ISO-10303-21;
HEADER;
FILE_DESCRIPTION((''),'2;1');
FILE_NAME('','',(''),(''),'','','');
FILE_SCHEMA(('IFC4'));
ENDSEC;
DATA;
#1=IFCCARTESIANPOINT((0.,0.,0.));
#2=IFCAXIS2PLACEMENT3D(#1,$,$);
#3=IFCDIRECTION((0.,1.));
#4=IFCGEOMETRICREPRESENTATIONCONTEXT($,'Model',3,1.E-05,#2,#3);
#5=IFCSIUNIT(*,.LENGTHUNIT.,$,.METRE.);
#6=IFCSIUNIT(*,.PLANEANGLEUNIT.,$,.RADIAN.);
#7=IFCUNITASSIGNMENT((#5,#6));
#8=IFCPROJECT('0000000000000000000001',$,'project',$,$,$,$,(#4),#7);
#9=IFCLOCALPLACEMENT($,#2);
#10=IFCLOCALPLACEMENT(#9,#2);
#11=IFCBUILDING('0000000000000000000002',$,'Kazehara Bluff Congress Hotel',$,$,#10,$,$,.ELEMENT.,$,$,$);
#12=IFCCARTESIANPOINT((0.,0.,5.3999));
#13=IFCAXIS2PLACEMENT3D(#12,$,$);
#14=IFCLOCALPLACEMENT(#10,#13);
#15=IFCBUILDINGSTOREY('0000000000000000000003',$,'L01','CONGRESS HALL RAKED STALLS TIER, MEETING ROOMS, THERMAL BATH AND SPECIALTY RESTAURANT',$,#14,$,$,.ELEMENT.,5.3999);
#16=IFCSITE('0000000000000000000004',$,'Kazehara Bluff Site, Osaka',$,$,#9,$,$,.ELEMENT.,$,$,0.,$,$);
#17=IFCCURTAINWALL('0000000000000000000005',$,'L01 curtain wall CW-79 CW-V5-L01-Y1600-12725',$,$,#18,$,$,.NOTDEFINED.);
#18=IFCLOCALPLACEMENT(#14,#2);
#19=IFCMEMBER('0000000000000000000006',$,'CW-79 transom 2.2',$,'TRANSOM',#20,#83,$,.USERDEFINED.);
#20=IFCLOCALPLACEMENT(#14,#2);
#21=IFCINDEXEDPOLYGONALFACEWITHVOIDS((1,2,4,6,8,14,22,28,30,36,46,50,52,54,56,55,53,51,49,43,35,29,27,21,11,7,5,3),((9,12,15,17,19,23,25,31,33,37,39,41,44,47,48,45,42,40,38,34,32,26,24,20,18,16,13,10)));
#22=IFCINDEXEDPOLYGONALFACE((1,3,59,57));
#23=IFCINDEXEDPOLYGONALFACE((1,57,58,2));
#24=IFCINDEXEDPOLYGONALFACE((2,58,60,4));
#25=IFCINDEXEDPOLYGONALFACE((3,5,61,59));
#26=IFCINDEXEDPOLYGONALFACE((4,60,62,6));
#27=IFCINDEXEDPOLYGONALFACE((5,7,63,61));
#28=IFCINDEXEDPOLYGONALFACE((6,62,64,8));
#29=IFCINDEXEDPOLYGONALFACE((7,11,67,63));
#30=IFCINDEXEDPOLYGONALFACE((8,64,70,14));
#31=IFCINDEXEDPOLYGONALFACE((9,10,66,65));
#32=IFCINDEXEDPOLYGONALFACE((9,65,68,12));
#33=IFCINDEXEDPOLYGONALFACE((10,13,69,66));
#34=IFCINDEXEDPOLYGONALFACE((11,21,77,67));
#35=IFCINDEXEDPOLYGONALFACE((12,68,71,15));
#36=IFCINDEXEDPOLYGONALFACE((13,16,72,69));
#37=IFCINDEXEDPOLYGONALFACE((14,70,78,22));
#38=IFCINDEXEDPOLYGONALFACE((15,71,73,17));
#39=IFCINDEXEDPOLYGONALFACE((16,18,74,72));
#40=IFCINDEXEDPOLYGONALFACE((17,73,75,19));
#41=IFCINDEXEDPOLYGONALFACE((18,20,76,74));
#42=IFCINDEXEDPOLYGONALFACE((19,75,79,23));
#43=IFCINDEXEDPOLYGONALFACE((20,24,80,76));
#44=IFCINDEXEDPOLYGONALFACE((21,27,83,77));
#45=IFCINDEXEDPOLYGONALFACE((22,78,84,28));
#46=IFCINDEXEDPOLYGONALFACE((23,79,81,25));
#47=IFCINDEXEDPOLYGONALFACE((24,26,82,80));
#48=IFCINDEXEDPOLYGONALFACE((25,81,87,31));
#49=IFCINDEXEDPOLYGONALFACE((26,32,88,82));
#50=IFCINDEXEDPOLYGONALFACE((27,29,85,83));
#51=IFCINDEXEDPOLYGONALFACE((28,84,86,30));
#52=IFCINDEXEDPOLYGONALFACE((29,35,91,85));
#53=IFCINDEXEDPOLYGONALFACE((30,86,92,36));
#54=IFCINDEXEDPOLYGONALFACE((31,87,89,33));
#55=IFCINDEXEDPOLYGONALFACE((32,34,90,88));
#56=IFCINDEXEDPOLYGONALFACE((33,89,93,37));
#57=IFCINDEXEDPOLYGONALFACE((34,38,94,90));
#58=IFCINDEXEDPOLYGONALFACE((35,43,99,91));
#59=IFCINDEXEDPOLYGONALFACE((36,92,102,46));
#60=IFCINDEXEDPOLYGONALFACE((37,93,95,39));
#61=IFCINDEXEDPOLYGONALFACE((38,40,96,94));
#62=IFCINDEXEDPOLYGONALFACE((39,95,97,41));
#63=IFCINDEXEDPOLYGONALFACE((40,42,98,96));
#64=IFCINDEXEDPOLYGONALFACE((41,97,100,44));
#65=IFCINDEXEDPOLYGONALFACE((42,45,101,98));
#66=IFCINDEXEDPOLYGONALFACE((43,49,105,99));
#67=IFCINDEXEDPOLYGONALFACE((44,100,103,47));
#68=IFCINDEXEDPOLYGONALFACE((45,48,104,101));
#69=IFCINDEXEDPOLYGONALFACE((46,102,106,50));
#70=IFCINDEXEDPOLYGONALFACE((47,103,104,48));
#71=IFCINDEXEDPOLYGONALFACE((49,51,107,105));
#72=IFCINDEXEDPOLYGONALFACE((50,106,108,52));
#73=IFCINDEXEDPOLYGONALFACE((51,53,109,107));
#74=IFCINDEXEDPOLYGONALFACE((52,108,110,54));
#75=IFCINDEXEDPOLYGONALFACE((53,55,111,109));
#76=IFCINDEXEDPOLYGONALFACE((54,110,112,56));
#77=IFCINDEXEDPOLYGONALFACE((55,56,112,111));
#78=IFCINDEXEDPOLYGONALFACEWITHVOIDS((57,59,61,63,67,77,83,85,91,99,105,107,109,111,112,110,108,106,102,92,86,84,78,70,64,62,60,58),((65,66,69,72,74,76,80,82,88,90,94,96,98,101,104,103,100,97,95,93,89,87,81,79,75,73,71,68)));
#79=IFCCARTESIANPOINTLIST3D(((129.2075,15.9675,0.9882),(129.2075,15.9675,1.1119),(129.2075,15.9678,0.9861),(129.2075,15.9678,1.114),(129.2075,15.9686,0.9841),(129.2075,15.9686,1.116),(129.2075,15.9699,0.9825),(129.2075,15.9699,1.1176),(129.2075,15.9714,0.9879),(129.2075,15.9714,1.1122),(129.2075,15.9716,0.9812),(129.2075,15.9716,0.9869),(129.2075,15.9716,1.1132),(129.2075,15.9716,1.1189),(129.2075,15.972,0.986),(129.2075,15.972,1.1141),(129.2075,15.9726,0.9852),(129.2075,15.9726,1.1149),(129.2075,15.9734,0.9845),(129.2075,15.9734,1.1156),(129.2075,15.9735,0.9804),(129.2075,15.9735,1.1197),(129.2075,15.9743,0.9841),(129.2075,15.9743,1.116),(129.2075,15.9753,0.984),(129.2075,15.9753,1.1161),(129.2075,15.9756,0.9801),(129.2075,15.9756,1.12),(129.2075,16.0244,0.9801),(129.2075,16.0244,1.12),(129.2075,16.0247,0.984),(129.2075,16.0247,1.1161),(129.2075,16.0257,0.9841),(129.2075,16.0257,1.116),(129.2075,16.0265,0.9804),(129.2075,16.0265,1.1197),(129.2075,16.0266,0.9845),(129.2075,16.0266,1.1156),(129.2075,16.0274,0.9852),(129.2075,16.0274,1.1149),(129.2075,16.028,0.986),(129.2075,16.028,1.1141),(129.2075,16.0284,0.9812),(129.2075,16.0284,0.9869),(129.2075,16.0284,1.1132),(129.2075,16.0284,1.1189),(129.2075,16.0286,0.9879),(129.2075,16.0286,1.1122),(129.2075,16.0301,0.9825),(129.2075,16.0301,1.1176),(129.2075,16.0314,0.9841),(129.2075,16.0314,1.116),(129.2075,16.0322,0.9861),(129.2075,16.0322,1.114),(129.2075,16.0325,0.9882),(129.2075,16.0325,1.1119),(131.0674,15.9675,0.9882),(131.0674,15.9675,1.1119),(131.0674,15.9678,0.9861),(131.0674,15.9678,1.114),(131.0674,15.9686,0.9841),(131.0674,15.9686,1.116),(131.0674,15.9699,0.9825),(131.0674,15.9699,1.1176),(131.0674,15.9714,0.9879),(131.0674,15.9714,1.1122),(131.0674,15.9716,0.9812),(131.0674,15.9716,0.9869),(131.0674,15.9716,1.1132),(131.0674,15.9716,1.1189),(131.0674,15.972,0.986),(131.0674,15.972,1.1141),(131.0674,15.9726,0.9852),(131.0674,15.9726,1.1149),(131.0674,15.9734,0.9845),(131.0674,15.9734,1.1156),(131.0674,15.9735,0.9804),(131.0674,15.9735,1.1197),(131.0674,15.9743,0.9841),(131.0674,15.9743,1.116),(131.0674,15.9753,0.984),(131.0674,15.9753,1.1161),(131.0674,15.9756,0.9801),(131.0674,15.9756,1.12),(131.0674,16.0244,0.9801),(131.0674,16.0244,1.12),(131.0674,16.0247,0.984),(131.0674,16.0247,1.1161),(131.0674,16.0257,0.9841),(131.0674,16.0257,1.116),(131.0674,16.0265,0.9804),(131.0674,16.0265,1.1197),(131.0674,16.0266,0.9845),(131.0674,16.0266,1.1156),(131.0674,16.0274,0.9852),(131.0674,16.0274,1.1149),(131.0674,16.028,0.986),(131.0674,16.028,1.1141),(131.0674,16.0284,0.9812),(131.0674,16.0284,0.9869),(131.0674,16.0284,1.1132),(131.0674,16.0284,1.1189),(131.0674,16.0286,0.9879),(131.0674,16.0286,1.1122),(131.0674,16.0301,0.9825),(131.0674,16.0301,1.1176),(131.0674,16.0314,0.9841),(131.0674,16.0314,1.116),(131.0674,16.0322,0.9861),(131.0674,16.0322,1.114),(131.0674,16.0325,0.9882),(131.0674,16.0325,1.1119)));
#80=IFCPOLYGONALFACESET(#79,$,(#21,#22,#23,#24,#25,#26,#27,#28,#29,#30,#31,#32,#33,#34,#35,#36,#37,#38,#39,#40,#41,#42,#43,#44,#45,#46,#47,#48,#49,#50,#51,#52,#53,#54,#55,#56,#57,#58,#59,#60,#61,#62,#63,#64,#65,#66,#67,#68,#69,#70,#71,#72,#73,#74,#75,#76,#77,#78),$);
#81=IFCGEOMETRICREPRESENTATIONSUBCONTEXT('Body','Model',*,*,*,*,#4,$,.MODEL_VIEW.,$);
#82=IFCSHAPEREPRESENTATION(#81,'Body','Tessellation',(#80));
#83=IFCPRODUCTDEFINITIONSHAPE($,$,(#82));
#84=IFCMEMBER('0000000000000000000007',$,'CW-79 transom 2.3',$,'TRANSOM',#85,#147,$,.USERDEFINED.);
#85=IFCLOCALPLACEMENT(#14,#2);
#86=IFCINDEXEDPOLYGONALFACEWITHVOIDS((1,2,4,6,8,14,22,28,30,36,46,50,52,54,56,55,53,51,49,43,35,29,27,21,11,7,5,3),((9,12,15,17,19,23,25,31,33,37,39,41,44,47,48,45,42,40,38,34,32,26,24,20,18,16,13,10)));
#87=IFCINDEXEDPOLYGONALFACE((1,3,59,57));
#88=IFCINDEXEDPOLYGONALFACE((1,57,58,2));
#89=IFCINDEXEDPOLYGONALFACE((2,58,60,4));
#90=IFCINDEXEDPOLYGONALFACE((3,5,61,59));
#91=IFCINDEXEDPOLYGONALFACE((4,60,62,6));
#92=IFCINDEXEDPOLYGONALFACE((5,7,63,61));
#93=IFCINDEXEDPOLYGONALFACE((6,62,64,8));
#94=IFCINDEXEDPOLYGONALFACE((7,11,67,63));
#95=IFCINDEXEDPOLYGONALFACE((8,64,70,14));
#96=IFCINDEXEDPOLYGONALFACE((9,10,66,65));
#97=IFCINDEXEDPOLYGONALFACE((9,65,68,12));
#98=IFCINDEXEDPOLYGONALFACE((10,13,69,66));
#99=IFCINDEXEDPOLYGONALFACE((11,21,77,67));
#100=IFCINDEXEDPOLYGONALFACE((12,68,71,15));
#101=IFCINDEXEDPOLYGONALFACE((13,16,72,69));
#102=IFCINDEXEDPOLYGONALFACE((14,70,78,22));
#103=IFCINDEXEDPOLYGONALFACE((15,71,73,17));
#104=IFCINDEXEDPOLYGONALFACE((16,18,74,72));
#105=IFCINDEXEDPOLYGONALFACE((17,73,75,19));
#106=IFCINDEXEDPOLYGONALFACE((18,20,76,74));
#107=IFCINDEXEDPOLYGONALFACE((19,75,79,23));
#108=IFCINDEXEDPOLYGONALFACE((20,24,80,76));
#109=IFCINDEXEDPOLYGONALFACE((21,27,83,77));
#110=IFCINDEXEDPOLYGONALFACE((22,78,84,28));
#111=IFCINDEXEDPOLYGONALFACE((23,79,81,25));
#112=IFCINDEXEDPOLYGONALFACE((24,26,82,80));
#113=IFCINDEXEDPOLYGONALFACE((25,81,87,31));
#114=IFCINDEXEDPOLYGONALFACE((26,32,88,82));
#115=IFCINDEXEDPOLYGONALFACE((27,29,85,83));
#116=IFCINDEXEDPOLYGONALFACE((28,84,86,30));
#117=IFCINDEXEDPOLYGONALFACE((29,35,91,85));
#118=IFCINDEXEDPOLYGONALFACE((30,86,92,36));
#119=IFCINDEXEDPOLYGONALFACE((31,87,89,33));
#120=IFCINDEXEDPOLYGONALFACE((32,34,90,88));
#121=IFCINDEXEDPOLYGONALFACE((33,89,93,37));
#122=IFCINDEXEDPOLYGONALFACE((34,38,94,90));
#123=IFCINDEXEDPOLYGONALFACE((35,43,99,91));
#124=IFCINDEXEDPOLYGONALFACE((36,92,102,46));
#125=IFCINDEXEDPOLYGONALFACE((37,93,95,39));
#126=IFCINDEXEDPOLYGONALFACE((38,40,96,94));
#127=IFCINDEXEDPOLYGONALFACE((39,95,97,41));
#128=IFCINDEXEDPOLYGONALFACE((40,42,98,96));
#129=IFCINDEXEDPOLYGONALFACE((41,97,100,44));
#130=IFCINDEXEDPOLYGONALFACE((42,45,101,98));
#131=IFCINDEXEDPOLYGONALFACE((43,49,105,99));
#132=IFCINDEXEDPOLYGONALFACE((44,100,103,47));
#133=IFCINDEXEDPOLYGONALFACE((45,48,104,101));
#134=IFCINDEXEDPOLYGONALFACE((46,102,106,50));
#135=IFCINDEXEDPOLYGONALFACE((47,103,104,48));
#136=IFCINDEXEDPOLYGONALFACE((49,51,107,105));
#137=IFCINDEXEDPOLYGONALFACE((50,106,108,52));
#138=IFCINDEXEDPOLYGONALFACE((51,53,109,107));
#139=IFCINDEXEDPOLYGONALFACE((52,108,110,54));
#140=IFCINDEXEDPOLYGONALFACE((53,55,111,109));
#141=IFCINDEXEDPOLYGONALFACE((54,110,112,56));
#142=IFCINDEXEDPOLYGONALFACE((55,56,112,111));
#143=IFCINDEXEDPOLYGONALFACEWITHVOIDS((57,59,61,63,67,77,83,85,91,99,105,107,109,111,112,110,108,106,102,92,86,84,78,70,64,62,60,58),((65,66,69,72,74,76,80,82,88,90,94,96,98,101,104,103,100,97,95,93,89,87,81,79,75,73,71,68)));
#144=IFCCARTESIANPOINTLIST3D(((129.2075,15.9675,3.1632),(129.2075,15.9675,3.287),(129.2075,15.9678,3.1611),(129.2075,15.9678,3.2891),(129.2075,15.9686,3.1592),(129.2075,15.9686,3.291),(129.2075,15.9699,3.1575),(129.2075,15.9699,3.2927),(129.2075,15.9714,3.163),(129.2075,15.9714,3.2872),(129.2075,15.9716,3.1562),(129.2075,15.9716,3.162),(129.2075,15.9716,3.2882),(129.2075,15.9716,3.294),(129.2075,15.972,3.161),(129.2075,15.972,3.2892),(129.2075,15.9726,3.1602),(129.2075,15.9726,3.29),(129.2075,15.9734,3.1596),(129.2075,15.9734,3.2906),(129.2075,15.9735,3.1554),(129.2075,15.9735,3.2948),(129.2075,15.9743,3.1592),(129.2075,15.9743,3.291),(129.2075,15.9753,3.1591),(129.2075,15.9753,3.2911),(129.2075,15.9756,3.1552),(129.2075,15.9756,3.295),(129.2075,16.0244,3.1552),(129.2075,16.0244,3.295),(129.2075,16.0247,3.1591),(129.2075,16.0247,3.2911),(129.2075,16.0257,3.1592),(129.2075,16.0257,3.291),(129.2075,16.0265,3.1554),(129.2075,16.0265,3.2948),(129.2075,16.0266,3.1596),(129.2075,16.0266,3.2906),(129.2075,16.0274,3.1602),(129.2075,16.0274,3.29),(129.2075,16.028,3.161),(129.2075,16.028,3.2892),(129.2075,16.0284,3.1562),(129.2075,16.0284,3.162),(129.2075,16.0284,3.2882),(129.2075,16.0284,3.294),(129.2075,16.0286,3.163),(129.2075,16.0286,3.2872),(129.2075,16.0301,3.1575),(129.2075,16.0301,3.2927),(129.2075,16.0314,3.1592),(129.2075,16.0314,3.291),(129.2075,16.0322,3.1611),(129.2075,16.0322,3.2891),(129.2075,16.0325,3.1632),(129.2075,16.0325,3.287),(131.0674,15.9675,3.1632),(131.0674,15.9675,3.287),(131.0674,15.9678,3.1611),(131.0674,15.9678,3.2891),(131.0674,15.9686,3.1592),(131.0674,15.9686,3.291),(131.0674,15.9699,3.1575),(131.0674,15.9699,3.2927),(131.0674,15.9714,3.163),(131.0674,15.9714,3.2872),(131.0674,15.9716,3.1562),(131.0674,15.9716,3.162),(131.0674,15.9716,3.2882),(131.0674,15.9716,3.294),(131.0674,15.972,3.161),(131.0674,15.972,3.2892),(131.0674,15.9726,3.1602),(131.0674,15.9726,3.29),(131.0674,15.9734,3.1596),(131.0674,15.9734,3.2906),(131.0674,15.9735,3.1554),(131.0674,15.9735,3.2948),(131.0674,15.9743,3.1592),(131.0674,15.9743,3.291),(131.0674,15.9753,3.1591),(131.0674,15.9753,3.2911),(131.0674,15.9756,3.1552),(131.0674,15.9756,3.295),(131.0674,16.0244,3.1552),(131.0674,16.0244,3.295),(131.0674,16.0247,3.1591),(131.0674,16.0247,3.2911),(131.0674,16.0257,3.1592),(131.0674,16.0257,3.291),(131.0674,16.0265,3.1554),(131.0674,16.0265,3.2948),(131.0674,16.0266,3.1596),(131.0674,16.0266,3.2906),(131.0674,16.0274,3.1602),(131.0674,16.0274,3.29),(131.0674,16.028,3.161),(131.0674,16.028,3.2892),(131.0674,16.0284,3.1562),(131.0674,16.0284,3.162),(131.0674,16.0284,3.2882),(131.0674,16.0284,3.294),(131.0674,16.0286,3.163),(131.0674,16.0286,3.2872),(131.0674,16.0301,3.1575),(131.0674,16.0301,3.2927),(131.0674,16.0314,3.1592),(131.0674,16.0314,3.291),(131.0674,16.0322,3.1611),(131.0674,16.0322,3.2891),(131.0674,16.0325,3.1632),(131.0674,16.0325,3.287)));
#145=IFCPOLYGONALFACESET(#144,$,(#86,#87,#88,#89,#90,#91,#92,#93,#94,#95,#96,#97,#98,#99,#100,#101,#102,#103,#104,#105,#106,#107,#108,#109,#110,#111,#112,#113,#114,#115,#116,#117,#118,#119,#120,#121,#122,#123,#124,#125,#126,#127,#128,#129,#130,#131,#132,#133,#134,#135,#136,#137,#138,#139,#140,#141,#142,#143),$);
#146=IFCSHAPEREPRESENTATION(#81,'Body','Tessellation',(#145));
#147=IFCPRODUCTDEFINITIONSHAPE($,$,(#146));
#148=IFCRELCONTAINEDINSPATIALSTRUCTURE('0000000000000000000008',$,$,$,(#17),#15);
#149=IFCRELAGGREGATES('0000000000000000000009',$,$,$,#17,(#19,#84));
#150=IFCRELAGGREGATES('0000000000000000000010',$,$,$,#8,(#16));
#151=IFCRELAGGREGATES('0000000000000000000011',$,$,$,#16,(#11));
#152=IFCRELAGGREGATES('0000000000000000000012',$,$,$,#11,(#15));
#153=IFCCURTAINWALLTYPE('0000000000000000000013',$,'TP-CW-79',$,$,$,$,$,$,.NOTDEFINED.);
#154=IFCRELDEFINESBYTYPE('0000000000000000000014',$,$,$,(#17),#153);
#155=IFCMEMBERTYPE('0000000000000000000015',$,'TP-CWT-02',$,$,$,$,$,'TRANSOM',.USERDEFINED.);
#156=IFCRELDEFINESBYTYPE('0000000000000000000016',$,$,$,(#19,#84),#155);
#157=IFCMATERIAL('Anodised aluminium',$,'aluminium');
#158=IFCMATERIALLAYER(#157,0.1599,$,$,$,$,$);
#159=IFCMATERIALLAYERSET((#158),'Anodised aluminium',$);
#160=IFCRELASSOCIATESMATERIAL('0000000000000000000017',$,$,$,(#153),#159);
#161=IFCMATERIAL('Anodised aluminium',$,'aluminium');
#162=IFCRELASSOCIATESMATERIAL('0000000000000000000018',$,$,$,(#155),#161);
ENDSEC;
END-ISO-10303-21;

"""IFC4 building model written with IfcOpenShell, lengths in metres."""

from ifc_helpers import new_model, si_unit, direction, frame, origin, origin_2d, place, context, subcontext, project, spatial, hollow_rectangle, extrude, material, layer, layer_set, material_profile, profile_set, type_object, element, aggregate, save


model = new_model("IFC4")

# Units and contexts
model_context = context("Model", 3, precision=1e-05, world=origin(), true_north=direction((0.0, 1.0)))
body_context = subcontext(model_context, "Body", "Model", "MODEL_VIEW")
ifc_project = project(units=[si_unit("LENGTHUNIT", "METRE"), si_unit("PLANEANGLEUNIT", "RADIAN")], contexts=[model_context])

# Site, building, storey
site_placement = place(None, origin())
site = spatial("IfcSite", under=ifc_project, at=site_placement, Name="Kazehara Bluff Site, Osaka", CompositionType="ELEMENT", RefElevation=0.0)
building_placement = place(site_placement, origin())
building = spatial("IfcBuilding", under=site, at=building_placement, Name="Kazehara Bluff Congress Hotel", CompositionType="ELEMENT")
storey_placement = place(building_placement, frame((0.0, 0.0, 5.3999)))
storey = spatial("IfcBuildingStorey", under=building, at=storey_placement, Name="L01", Description="CONGRESS HALL RAKED STALLS TIER, MEETING ROOMS, THERMAL BATH AND SPECIALTY RESTAURANT", CompositionType="ELEMENT", Elevation=5.3999)

# Curtain wall, members
ifc_material_1 = material(Name="Anodised aluminium", Category="aluminium")
ifc_layer_1 = layer(ifc_material_1, 0.1599)
ifc_layer_set_1 = layer_set([ifc_layer_1], Name="Anodised aluminium")
curtain_wall_type = type_object("IfcCurtainWallType", Name="TP-CW-79", PredefinedType="NOTDEFINED", material=ifc_layer_set_1)
curtain_wall_placement = place(storey_placement, origin())
curtain_wall = element("IfcCurtainWall", 1, at=curtain_wall_placement, inside=storey, type_object=curtain_wall_type, Name="L01 curtain wall CW-79 CW-V5-L01-Y1600-12725", PredefinedType="NOTDEFINED")
ifc_material_2 = material(Name="Anodised aluminium", Category="aluminium")
ifc_material_profile_1 = material_profile(ifc_material_2, hollow_rectangle(XDim=0.0649, YDim=0.1399, WallThickness=0.0039, InnerFilletRadius=0.0039, OuterFilletRadius=0.0081, at=origin_2d()))
ifc_profile_set_1 = profile_set([ifc_material_profile_1], Name="Anodised aluminium")
member_type_1 = type_object("IfcMemberType", Name="TP-CWT-02", ElementType="TRANSOM", PredefinedType="USERDEFINED", material=ifc_profile_set_1)
member_1_placement = place(storey_placement, frame((129.2075, 16.0, 1.05), z_axis=(1.0, 0.0, 0.0), x_axis=(0.0, 1.0, 0.0)))
member_1 = element("IfcMember", 2, at=member_1_placement, type_object=member_type_1, Name="CW-79 transom 2.2", ObjectType="TRANSOM", PredefinedType="USERDEFINED", context=body_context, shape_type="SweptSolid", body=[
    extrude(hollow_rectangle(XDim=0.0649, YDim=0.1399, WallThickness=0.0039, InnerFilletRadius=0.0039, OuterFilletRadius=0.0081, at=origin_2d()), origin(), (0.0, 0.0, 1.0), 1.8599),
])
member_2_placement = place(storey_placement, frame((129.2075, 16.0, 3.2251), z_axis=(1.0, 0.0, 0.0), x_axis=(0.0, 1.0, 0.0)))
member_2 = element("IfcMember", 3, at=member_2_placement, type_object=member_type_1, Name="CW-79 transom 2.3", ObjectType="TRANSOM", PredefinedType="USERDEFINED", context=body_context, shape_type="SweptSolid", body=[
    extrude(hollow_rectangle(XDim=0.0649, YDim=0.1399, WallThickness=0.0039, InnerFilletRadius=0.0039, OuterFilletRadius=0.0081, at=origin_2d()), origin(), (0.0, 0.0, 1.0), 1.8599),
])

aggregate(curtain_wall, [member_1, member_2])

save(model, "model.ifc")
